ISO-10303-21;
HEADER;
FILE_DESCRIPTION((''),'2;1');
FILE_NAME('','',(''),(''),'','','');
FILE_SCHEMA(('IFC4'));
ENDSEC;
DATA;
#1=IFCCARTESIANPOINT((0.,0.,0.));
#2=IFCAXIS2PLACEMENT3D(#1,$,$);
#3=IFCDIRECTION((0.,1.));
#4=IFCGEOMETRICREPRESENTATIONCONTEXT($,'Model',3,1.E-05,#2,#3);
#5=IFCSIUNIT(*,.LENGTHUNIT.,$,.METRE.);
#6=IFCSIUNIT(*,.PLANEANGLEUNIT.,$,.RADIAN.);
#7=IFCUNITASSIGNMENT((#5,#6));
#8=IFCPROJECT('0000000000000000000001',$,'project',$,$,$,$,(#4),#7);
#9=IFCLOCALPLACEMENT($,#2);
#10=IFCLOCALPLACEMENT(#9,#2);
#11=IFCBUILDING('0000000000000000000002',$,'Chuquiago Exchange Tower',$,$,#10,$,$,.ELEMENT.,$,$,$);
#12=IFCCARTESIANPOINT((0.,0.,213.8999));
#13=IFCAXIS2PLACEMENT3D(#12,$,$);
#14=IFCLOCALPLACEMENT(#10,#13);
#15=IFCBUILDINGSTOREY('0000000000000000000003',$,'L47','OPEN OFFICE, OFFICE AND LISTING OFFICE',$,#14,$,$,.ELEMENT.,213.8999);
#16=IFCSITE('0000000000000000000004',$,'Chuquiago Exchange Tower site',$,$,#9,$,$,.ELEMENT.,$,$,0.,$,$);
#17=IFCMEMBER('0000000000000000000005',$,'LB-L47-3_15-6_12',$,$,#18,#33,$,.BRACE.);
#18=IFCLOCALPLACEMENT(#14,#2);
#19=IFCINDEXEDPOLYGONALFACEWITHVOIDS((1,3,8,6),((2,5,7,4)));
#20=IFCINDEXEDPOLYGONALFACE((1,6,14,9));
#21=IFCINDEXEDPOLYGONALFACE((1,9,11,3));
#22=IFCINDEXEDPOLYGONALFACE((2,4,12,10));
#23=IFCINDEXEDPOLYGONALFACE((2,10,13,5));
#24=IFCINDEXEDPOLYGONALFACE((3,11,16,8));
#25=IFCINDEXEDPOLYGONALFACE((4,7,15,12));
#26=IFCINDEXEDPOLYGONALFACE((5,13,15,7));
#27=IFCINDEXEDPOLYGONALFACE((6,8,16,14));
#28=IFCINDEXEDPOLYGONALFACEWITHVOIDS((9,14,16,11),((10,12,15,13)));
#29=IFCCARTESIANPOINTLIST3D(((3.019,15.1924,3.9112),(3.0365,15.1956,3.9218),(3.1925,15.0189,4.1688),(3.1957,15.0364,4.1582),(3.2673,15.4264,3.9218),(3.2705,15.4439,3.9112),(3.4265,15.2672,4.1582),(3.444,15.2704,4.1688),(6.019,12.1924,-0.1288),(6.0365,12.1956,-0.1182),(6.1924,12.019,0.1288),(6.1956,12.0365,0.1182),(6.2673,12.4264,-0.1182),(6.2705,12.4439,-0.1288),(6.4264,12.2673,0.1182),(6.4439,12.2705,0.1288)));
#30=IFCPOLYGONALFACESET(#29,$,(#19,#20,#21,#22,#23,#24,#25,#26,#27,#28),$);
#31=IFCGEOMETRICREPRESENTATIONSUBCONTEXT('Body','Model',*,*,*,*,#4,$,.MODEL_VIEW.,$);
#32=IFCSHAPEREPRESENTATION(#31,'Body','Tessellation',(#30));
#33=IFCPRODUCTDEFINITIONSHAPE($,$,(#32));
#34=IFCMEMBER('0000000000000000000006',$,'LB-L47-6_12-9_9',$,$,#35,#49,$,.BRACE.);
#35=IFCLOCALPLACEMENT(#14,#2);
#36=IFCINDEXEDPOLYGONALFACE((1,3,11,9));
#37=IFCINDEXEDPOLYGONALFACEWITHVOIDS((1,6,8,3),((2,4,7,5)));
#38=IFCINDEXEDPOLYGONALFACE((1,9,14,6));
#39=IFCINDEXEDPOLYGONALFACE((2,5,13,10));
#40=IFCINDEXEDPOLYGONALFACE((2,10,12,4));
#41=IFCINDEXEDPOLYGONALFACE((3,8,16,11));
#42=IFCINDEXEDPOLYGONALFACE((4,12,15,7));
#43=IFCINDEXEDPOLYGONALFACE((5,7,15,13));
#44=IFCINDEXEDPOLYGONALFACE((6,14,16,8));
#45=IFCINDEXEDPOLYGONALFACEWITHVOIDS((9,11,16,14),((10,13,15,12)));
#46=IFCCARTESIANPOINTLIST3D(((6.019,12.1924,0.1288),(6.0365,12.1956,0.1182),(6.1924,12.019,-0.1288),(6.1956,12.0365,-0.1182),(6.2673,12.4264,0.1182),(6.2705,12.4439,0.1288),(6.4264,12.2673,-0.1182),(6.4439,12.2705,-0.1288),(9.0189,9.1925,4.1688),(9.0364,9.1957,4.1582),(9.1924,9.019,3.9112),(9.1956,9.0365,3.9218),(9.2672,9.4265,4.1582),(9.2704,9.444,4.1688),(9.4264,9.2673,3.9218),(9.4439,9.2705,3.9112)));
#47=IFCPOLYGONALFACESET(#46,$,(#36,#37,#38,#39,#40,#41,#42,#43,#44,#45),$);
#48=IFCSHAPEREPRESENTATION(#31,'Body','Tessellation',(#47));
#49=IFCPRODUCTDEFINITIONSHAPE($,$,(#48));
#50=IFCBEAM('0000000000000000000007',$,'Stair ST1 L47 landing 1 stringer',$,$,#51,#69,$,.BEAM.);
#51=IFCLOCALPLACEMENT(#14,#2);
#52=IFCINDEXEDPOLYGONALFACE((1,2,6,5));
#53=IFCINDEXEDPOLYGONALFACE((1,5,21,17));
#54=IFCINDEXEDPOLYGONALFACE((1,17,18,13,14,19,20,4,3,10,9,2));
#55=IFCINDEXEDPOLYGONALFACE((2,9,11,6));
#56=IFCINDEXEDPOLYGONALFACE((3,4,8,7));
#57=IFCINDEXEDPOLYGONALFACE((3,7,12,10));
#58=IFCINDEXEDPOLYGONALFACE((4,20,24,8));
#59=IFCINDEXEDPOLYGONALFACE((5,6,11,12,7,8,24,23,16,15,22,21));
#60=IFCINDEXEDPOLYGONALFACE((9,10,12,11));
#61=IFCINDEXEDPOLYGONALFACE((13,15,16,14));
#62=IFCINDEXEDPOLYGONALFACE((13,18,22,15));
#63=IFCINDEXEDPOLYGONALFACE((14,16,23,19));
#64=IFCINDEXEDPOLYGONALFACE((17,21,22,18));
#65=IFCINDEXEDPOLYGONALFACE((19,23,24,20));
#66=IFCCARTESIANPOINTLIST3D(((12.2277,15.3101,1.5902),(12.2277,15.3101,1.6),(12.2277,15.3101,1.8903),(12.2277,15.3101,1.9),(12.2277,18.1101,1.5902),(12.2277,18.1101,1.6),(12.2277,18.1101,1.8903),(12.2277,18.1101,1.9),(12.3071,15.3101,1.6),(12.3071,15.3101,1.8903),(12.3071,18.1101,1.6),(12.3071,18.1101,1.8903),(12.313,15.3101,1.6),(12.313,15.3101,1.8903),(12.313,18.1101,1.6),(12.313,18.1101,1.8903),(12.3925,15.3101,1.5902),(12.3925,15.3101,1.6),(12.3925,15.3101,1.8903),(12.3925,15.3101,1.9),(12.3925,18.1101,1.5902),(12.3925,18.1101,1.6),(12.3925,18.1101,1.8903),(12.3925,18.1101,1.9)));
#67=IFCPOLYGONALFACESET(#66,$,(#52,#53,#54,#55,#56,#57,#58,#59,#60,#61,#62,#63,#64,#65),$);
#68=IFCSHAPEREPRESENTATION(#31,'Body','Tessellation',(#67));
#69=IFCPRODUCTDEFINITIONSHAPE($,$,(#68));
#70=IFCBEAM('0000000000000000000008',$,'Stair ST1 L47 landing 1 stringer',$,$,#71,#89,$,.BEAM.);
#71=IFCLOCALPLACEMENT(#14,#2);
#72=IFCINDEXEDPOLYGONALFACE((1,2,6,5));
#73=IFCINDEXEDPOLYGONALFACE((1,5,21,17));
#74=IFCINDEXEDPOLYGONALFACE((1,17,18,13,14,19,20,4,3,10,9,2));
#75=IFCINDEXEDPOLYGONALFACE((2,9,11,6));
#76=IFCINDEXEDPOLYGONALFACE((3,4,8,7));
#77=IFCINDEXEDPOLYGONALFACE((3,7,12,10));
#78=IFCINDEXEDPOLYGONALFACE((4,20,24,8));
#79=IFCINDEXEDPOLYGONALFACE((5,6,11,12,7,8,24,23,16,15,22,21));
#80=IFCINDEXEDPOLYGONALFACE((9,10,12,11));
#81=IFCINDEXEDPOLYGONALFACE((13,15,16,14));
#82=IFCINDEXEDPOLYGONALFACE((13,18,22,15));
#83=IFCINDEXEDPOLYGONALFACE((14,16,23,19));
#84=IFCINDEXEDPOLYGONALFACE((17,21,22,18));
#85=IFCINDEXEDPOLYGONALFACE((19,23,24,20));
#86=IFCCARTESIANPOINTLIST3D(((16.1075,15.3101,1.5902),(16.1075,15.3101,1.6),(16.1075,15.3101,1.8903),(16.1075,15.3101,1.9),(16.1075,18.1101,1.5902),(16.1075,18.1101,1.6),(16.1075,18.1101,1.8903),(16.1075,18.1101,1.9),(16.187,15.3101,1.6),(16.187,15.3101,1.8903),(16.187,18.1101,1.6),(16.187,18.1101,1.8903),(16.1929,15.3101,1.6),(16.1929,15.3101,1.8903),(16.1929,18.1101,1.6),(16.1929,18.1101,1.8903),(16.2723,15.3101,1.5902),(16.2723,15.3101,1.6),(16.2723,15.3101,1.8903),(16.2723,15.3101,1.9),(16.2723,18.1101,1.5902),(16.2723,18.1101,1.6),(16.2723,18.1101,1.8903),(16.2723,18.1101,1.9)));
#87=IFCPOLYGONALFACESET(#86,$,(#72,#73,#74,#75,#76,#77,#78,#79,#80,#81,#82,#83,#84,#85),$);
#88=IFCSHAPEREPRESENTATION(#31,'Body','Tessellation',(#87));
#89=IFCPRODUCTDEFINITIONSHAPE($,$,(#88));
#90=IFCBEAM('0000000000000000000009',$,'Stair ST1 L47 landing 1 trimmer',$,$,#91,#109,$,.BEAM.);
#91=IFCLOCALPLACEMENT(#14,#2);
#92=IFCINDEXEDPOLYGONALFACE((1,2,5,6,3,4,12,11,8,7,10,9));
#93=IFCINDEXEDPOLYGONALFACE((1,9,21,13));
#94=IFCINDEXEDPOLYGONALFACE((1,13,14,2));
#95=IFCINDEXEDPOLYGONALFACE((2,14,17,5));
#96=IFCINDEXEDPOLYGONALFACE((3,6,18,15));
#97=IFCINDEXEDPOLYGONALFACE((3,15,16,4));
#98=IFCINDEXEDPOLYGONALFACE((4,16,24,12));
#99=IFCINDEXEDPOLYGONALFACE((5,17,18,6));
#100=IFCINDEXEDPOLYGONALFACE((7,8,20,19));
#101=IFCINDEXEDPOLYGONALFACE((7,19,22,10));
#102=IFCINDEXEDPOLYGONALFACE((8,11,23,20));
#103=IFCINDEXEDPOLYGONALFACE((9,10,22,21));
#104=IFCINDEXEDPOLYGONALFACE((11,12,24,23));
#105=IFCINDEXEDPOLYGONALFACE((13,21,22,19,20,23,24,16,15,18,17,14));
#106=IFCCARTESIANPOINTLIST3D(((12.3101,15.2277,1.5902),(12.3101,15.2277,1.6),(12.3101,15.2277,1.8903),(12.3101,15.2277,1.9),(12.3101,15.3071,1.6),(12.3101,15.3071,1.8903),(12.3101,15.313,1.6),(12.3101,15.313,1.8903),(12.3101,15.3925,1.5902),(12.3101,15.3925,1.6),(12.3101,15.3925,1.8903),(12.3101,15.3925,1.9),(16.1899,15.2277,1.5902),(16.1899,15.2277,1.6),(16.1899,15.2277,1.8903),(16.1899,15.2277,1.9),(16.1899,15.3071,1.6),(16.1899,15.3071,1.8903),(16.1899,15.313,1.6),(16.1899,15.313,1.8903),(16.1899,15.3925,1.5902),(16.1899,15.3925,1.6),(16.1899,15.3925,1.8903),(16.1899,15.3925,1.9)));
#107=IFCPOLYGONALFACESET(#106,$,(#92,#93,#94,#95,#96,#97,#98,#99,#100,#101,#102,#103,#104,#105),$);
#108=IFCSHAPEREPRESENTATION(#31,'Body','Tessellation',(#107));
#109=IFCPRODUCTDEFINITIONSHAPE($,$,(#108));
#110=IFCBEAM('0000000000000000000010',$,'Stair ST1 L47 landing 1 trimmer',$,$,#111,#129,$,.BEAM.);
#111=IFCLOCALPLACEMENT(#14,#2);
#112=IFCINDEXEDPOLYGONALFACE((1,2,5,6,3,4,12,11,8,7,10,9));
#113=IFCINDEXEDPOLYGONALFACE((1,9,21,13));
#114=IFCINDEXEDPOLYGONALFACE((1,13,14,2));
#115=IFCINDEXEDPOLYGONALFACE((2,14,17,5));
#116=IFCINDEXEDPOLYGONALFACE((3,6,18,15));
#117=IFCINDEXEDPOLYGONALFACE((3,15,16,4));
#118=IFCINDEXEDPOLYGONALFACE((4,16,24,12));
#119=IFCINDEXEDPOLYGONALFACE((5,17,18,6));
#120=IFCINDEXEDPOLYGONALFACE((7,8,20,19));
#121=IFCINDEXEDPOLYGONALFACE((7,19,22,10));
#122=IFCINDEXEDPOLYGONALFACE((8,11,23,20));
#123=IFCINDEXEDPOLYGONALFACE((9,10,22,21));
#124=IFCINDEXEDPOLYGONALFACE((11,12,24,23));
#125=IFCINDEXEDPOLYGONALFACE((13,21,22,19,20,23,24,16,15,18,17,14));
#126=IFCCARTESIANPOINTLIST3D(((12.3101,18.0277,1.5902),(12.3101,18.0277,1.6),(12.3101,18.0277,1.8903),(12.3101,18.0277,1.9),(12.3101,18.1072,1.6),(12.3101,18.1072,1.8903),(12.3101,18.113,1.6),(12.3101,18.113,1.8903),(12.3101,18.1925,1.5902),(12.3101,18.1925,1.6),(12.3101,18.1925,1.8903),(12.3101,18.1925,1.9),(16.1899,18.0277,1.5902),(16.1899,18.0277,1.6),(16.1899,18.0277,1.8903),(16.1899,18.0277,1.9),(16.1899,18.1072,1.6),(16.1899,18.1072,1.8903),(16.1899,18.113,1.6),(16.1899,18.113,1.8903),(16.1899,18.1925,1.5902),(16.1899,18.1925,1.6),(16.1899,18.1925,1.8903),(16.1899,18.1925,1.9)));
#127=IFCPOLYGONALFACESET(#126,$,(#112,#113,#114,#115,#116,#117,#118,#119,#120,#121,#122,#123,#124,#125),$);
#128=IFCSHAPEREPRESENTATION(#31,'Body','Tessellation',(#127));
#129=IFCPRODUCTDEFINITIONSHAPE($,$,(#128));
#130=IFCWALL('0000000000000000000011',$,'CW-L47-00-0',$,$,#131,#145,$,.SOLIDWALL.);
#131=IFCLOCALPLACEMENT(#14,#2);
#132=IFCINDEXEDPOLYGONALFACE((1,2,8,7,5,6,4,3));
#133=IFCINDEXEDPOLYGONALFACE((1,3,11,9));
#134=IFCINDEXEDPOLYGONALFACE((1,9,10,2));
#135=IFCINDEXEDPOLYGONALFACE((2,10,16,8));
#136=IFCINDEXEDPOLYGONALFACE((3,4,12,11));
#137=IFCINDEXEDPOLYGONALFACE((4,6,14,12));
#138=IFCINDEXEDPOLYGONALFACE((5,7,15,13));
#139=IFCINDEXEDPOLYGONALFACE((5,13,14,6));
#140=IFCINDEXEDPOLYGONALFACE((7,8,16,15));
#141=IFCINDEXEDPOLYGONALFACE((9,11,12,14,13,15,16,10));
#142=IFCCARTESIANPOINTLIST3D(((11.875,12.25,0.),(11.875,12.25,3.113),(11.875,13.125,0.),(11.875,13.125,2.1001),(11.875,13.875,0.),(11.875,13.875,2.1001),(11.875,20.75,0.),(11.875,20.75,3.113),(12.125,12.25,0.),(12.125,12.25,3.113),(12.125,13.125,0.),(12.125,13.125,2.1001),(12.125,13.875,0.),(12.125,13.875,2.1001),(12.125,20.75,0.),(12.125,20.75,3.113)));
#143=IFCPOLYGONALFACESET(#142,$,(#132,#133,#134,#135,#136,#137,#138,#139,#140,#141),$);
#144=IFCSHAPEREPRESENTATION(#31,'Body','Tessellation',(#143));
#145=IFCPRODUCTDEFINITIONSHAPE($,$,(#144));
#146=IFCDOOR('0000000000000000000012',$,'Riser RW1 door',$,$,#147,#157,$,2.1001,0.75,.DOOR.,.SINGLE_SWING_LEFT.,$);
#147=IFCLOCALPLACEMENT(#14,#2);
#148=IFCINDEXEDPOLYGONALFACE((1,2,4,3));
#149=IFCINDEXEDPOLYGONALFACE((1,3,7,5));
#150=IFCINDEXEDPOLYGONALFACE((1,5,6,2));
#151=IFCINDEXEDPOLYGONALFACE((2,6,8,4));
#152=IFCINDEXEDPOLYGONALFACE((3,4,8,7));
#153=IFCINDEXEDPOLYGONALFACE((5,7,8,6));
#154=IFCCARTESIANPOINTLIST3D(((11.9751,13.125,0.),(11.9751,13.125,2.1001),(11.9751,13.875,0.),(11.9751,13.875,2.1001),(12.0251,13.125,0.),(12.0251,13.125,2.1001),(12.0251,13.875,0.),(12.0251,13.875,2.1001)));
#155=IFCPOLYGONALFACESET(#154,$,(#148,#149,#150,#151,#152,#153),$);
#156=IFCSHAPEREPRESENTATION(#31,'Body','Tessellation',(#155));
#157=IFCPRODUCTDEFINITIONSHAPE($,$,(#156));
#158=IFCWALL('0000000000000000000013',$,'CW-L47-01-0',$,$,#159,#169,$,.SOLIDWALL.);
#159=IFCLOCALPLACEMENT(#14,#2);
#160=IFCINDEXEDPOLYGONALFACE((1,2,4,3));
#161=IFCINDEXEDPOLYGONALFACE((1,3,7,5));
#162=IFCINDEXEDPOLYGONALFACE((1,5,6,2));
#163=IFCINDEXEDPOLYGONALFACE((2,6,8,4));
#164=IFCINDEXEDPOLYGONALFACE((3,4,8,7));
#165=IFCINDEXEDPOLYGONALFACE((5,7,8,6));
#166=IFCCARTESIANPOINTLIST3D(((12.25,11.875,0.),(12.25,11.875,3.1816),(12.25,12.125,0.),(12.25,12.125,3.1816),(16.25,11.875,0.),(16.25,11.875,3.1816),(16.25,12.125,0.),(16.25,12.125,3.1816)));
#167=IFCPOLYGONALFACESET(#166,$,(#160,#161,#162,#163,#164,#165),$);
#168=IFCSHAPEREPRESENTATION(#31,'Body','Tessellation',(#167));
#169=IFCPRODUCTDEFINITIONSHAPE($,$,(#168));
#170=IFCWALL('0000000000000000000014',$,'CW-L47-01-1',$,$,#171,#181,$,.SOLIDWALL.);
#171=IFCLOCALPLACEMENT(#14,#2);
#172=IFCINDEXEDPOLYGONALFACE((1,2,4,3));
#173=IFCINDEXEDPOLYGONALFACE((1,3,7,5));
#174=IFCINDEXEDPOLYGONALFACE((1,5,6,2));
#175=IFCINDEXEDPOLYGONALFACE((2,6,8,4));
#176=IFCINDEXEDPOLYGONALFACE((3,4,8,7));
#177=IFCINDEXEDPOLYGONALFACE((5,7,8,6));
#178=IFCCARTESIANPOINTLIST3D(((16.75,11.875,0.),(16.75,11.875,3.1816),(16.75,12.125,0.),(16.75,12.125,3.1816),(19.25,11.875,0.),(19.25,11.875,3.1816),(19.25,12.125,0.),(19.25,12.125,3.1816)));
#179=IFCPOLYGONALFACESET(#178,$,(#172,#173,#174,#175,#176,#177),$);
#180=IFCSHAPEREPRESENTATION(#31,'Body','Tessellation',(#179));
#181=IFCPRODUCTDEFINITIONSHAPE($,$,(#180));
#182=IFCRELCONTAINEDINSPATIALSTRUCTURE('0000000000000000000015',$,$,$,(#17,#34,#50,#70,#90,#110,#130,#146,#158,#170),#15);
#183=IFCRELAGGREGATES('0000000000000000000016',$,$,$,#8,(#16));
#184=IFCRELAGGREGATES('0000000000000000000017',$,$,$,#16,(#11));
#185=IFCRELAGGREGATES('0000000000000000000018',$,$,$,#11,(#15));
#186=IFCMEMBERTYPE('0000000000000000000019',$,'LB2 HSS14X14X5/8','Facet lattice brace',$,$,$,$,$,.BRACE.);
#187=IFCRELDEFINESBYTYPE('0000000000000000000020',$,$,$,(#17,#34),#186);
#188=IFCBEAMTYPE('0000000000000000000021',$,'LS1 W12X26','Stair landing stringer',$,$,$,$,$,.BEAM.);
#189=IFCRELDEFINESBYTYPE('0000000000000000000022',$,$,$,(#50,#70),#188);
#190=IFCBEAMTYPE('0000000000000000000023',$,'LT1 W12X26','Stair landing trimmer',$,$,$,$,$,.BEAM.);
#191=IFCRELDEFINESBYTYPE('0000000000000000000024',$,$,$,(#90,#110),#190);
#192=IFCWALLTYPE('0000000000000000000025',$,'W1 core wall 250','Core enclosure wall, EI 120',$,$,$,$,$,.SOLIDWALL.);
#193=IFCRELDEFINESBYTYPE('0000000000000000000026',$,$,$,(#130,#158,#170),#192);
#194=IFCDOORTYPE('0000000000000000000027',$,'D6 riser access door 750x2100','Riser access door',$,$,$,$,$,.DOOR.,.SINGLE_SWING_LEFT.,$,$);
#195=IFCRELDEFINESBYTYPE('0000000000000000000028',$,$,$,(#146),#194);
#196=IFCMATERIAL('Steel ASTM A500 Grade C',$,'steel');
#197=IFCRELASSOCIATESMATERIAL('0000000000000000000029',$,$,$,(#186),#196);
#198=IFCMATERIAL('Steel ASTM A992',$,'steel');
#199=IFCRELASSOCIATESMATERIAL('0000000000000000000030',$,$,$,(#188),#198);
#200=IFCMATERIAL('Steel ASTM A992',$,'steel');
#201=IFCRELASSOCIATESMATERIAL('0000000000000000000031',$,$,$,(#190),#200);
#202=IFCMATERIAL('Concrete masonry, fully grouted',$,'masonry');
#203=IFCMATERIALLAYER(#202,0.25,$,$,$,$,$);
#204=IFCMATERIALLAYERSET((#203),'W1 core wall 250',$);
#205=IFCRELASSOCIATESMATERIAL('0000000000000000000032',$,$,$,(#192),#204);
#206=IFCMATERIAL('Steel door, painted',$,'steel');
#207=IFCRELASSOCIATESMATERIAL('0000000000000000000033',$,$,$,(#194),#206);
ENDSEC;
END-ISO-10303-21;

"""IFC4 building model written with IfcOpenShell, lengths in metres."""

from ifc_helpers import new_model, si_unit, direction, frame, frame_2d, origin, origin_2d, place, context, subcontext, project, spatial, rectangle, hollow_rectangle, i_section, extrude, material, layer, layer_set, material_profile, profile_set, type_object, element, fill, save


model = new_model("IFC4")

# Units and contexts
model_context = context("Model", 3, precision=1e-05, world=origin(), true_north=direction((0.0, 1.0)))
body_context = subcontext(model_context, "Body", "Model", "MODEL_VIEW")
ifc_project = project(units=[si_unit("LENGTHUNIT", "METRE"), si_unit("PLANEANGLEUNIT", "RADIAN")], contexts=[model_context])

# Site, building, storey
site_placement = place(None, origin())
site = spatial("IfcSite", under=ifc_project, at=site_placement, Name="Chuquiago Exchange Tower site", CompositionType="ELEMENT", RefElevation=0.0)
building_placement = place(site_placement, origin())
building = spatial("IfcBuilding", under=site, at=building_placement, Name="Chuquiago Exchange Tower", CompositionType="ELEMENT")
storey_placement = place(building_placement, frame((0.0, 0.0, 213.8999)))
storey = spatial("IfcBuildingStorey", under=building, at=storey_placement, Name="L47", Description="OPEN OFFICE, OFFICE AND LISTING OFFICE", CompositionType="ELEMENT", Elevation=213.8999)

# Members
ifc_material_1 = material(Name="Steel ASTM A500 Grade C", Category="steel")
ifc_material_profile_1 = material_profile(ifc_material_1, hollow_rectangle(XDim=0.3557, YDim=0.3557, WallThickness=0.0146, at=origin_2d()), Name="HSS14X14X5/8")
ifc_profile_set_1 = profile_set([ifc_material_profile_1], Name="Steel ASTM A500 Grade C")
member_type_1 = type_object("IfcMemberType", Name="LB2 HSS14X14X5/8", Description="Facet lattice brace", PredefinedType="BRACE", material=ifc_profile_set_1)
for number, where, z_axis, x_axis, name in (
    (1, (6.2314, 12.2314, 0.0), (-0.512077, 0.512077, 0.689604), (-0.707107, -0.707107, 0.0), "LB-L47-3_15-6_12"),
    (2, (6.2314, 12.2314, 0.0), (0.512077, -0.512077, 0.689604), (0.707107, 0.707107, 0.0), "LB-L47-6_12-9_9"),
):
    element("IfcMember", number, at=place(storey_placement, frame(where, z_axis=z_axis, x_axis=x_axis)), inside=storey, type_object=member_type_1, Name=name, PredefinedType="BRACE", context=body_context, shape_type="SweptSolid", body=[
        extrude(hollow_rectangle(XDim=0.3557, YDim=0.3557, WallThickness=0.0146, at=origin_2d()), origin(), (0.0, 0.0, 1.0), 5.8584),
    ])

# Beams
ifc_material_2 = material(Name="Steel ASTM A992", Category="steel")
ifc_material_profile_2 = material_profile(ifc_material_2, i_section(OverallWidth=0.1648, OverallDepth=0.3098, WebThickness=0.0059, FlangeThickness=0.0098, at=origin_2d()), Name="W12X26")
ifc_profile_set_2 = profile_set([ifc_material_profile_2], Name="Steel ASTM A992")
beam_type_1 = type_object("IfcBeamType", Name="LS1 W12X26", Description="Stair landing stringer", PredefinedType="BEAM", material=ifc_profile_set_2)
for number, where, z_axis, x_axis, name in (
    (3, (12.3101, 15.3101, 1.7451), (0.0, 1.0, 0.0), (-1.0, 0.0, 0.0), "Stair ST1 L47 landing 1 stringer"),
    (4, (16.1899, 15.3101, 1.7451), (0.0, 1.0, 0.0), (-1.0, 0.0, 0.0), "Stair ST1 L47 landing 1 stringer"),
):
    element("IfcBeam", number, at=place(storey_placement, frame(where, z_axis=z_axis, x_axis=x_axis)), inside=storey, type_object=beam_type_1, Name=name, PredefinedType="BEAM", context=body_context, shape_type="SweptSolid", body=[
        extrude(i_section(OverallWidth=0.1648, OverallDepth=0.3098, WebThickness=0.0059, FlangeThickness=0.0098, at=origin_2d()), origin(), (0.0, 0.0, 1.0), 2.8),
    ])
ifc_material_3 = material(Name="Steel ASTM A992", Category="steel")
ifc_material_profile_3 = material_profile(ifc_material_3, i_section(OverallWidth=0.1648, OverallDepth=0.3098, WebThickness=0.0059, FlangeThickness=0.0098, at=origin_2d()), Name="W12X26")
ifc_profile_set_3 = profile_set([ifc_material_profile_3], Name="Steel ASTM A992")
beam_type_2 = type_object("IfcBeamType", Name="LT1 W12X26", Description="Stair landing trimmer", PredefinedType="BEAM", material=ifc_profile_set_3)
for number, where, z_axis, x_axis, name in (
    (5, (12.3101, 15.3101, 1.7451), (1.0, 0.0, 0.0), (0.0, 1.0, 0.0), "Stair ST1 L47 landing 1 trimmer"),
    (6, (12.3101, 18.1101, 1.7451), (1.0, 0.0, 0.0), (0.0, 1.0, 0.0), "Stair ST1 L47 landing 1 trimmer"),
):
    element("IfcBeam", number, at=place(storey_placement, frame(where, z_axis=z_axis, x_axis=x_axis)), inside=storey, type_object=beam_type_2, Name=name, PredefinedType="BEAM", context=body_context, shape_type="SweptSolid", body=[
        extrude(i_section(OverallWidth=0.1648, OverallDepth=0.3098, WebThickness=0.0059, FlangeThickness=0.0098, at=origin_2d()), origin(), (0.0, 0.0, 1.0), 3.8799),
    ])

# Wall, opening, door
ifc_material_4 = material(Name="Concrete masonry, fully grouted", Category="masonry")
ifc_layer_1 = layer(ifc_material_4, 0.25)
ifc_layer_set_1 = layer_set([ifc_layer_1], Name="W1 core wall 250")
wall_type_1 = type_object("IfcWallType", Name="W1 core wall 250", Description="Core enclosure wall, EI 120", PredefinedType="SOLIDWALL", material=ifc_layer_set_1)
wall_1_placement = place(storey_placement, frame((12.0, 12.25, 0.0), z_axis=(0.0, 0.0, 1.0), x_axis=(0.0, 1.0, 0.0)))
wall_1 = element("IfcWall", 7, at=wall_1_placement, inside=storey, type_object=wall_type_1, Name="CW-L47-00-0", PredefinedType="SOLIDWALL", context=body_context, shape_type="SweptSolid", body=[
    extrude(rectangle(XDim=8.5, YDim=0.25, at=frame_2d((4.25, 0.0))), origin(), (0.0, 0.0, 1.0), 3.113),
])
opening_placement = place(wall_1_placement, frame((0.875, 0.0, 0.0)))
opening = element("IfcOpeningElement", 8, at=opening_placement, cuts=wall_1, PredefinedType="OPENING", context=body_context, shape_type="SweptSolid", body=[
    extrude(rectangle(XDim=0.75, YDim=2.1001, at=frame_2d((0.375, 1.05))), frame((0.0, 0.135, 0.0), z_axis=(0.0, -1.0, 0.0), x_axis=(1.0, 0.0, 0.0)), (0.0, 0.0, 1.0), 0.27),
])
ifc_material_5 = material(Name="Steel door, painted", Category="steel")
door_type = type_object("IfcDoorType", Name="D6 riser access door 750x2100", Description="Riser access door", OperationType="SINGLE_SWING_LEFT", PredefinedType="DOOR", material=ifc_material_5)
door_placement = place(opening_placement, origin())
door = element("IfcDoor", 9, at=door_placement, inside=storey, type_object=door_type, Name="Riser RW1 door", OperationType="SINGLE_SWING_LEFT", OverallHeight=2.1001, OverallWidth=0.75, PredefinedType="DOOR", context=body_context, shape_type="SweptSolid", body=[
    extrude(rectangle(XDim=0.75, YDim=2.1001, at=frame_2d((0.375, 1.05))), frame((0.0, 0.0249, 0.0), z_axis=(0.0, -1.0, 0.0), x_axis=(1.0, 0.0, 0.0)), (0.0, 0.0, 1.0), 0.05),
])
fill(opening, door)

# Walls
wall_2_placement = place(storey_placement, frame((12.25, 12.0, 0.0), z_axis=(0.0, 0.0, 1.0), x_axis=(1.0, 0.0, 0.0)))
element("IfcWall", 10, at=wall_2_placement, inside=storey, type_object=wall_type_1, Name="CW-L47-01-0", PredefinedType="SOLIDWALL", context=body_context, shape_type="SweptSolid", body=[
    extrude(rectangle(XDim=4.0, YDim=0.25, at=frame_2d((2.0, 0.0))), origin(), (0.0, 0.0, 1.0), 3.1816),
])
wall_3_placement = place(storey_placement, frame((16.75, 12.0, 0.0), z_axis=(0.0, 0.0, 1.0), x_axis=(1.0, 0.0, 0.0)))
element("IfcWall", 11, at=wall_3_placement, inside=storey, type_object=wall_type_1, Name="CW-L47-01-1", PredefinedType="SOLIDWALL", context=body_context, shape_type="SweptSolid", body=[
    extrude(rectangle(XDim=2.5, YDim=0.25, at=frame_2d((1.25, 0.0))), origin(), (0.0, 0.0, 1.0), 3.1816),
])

save(model, "model.ifc")
